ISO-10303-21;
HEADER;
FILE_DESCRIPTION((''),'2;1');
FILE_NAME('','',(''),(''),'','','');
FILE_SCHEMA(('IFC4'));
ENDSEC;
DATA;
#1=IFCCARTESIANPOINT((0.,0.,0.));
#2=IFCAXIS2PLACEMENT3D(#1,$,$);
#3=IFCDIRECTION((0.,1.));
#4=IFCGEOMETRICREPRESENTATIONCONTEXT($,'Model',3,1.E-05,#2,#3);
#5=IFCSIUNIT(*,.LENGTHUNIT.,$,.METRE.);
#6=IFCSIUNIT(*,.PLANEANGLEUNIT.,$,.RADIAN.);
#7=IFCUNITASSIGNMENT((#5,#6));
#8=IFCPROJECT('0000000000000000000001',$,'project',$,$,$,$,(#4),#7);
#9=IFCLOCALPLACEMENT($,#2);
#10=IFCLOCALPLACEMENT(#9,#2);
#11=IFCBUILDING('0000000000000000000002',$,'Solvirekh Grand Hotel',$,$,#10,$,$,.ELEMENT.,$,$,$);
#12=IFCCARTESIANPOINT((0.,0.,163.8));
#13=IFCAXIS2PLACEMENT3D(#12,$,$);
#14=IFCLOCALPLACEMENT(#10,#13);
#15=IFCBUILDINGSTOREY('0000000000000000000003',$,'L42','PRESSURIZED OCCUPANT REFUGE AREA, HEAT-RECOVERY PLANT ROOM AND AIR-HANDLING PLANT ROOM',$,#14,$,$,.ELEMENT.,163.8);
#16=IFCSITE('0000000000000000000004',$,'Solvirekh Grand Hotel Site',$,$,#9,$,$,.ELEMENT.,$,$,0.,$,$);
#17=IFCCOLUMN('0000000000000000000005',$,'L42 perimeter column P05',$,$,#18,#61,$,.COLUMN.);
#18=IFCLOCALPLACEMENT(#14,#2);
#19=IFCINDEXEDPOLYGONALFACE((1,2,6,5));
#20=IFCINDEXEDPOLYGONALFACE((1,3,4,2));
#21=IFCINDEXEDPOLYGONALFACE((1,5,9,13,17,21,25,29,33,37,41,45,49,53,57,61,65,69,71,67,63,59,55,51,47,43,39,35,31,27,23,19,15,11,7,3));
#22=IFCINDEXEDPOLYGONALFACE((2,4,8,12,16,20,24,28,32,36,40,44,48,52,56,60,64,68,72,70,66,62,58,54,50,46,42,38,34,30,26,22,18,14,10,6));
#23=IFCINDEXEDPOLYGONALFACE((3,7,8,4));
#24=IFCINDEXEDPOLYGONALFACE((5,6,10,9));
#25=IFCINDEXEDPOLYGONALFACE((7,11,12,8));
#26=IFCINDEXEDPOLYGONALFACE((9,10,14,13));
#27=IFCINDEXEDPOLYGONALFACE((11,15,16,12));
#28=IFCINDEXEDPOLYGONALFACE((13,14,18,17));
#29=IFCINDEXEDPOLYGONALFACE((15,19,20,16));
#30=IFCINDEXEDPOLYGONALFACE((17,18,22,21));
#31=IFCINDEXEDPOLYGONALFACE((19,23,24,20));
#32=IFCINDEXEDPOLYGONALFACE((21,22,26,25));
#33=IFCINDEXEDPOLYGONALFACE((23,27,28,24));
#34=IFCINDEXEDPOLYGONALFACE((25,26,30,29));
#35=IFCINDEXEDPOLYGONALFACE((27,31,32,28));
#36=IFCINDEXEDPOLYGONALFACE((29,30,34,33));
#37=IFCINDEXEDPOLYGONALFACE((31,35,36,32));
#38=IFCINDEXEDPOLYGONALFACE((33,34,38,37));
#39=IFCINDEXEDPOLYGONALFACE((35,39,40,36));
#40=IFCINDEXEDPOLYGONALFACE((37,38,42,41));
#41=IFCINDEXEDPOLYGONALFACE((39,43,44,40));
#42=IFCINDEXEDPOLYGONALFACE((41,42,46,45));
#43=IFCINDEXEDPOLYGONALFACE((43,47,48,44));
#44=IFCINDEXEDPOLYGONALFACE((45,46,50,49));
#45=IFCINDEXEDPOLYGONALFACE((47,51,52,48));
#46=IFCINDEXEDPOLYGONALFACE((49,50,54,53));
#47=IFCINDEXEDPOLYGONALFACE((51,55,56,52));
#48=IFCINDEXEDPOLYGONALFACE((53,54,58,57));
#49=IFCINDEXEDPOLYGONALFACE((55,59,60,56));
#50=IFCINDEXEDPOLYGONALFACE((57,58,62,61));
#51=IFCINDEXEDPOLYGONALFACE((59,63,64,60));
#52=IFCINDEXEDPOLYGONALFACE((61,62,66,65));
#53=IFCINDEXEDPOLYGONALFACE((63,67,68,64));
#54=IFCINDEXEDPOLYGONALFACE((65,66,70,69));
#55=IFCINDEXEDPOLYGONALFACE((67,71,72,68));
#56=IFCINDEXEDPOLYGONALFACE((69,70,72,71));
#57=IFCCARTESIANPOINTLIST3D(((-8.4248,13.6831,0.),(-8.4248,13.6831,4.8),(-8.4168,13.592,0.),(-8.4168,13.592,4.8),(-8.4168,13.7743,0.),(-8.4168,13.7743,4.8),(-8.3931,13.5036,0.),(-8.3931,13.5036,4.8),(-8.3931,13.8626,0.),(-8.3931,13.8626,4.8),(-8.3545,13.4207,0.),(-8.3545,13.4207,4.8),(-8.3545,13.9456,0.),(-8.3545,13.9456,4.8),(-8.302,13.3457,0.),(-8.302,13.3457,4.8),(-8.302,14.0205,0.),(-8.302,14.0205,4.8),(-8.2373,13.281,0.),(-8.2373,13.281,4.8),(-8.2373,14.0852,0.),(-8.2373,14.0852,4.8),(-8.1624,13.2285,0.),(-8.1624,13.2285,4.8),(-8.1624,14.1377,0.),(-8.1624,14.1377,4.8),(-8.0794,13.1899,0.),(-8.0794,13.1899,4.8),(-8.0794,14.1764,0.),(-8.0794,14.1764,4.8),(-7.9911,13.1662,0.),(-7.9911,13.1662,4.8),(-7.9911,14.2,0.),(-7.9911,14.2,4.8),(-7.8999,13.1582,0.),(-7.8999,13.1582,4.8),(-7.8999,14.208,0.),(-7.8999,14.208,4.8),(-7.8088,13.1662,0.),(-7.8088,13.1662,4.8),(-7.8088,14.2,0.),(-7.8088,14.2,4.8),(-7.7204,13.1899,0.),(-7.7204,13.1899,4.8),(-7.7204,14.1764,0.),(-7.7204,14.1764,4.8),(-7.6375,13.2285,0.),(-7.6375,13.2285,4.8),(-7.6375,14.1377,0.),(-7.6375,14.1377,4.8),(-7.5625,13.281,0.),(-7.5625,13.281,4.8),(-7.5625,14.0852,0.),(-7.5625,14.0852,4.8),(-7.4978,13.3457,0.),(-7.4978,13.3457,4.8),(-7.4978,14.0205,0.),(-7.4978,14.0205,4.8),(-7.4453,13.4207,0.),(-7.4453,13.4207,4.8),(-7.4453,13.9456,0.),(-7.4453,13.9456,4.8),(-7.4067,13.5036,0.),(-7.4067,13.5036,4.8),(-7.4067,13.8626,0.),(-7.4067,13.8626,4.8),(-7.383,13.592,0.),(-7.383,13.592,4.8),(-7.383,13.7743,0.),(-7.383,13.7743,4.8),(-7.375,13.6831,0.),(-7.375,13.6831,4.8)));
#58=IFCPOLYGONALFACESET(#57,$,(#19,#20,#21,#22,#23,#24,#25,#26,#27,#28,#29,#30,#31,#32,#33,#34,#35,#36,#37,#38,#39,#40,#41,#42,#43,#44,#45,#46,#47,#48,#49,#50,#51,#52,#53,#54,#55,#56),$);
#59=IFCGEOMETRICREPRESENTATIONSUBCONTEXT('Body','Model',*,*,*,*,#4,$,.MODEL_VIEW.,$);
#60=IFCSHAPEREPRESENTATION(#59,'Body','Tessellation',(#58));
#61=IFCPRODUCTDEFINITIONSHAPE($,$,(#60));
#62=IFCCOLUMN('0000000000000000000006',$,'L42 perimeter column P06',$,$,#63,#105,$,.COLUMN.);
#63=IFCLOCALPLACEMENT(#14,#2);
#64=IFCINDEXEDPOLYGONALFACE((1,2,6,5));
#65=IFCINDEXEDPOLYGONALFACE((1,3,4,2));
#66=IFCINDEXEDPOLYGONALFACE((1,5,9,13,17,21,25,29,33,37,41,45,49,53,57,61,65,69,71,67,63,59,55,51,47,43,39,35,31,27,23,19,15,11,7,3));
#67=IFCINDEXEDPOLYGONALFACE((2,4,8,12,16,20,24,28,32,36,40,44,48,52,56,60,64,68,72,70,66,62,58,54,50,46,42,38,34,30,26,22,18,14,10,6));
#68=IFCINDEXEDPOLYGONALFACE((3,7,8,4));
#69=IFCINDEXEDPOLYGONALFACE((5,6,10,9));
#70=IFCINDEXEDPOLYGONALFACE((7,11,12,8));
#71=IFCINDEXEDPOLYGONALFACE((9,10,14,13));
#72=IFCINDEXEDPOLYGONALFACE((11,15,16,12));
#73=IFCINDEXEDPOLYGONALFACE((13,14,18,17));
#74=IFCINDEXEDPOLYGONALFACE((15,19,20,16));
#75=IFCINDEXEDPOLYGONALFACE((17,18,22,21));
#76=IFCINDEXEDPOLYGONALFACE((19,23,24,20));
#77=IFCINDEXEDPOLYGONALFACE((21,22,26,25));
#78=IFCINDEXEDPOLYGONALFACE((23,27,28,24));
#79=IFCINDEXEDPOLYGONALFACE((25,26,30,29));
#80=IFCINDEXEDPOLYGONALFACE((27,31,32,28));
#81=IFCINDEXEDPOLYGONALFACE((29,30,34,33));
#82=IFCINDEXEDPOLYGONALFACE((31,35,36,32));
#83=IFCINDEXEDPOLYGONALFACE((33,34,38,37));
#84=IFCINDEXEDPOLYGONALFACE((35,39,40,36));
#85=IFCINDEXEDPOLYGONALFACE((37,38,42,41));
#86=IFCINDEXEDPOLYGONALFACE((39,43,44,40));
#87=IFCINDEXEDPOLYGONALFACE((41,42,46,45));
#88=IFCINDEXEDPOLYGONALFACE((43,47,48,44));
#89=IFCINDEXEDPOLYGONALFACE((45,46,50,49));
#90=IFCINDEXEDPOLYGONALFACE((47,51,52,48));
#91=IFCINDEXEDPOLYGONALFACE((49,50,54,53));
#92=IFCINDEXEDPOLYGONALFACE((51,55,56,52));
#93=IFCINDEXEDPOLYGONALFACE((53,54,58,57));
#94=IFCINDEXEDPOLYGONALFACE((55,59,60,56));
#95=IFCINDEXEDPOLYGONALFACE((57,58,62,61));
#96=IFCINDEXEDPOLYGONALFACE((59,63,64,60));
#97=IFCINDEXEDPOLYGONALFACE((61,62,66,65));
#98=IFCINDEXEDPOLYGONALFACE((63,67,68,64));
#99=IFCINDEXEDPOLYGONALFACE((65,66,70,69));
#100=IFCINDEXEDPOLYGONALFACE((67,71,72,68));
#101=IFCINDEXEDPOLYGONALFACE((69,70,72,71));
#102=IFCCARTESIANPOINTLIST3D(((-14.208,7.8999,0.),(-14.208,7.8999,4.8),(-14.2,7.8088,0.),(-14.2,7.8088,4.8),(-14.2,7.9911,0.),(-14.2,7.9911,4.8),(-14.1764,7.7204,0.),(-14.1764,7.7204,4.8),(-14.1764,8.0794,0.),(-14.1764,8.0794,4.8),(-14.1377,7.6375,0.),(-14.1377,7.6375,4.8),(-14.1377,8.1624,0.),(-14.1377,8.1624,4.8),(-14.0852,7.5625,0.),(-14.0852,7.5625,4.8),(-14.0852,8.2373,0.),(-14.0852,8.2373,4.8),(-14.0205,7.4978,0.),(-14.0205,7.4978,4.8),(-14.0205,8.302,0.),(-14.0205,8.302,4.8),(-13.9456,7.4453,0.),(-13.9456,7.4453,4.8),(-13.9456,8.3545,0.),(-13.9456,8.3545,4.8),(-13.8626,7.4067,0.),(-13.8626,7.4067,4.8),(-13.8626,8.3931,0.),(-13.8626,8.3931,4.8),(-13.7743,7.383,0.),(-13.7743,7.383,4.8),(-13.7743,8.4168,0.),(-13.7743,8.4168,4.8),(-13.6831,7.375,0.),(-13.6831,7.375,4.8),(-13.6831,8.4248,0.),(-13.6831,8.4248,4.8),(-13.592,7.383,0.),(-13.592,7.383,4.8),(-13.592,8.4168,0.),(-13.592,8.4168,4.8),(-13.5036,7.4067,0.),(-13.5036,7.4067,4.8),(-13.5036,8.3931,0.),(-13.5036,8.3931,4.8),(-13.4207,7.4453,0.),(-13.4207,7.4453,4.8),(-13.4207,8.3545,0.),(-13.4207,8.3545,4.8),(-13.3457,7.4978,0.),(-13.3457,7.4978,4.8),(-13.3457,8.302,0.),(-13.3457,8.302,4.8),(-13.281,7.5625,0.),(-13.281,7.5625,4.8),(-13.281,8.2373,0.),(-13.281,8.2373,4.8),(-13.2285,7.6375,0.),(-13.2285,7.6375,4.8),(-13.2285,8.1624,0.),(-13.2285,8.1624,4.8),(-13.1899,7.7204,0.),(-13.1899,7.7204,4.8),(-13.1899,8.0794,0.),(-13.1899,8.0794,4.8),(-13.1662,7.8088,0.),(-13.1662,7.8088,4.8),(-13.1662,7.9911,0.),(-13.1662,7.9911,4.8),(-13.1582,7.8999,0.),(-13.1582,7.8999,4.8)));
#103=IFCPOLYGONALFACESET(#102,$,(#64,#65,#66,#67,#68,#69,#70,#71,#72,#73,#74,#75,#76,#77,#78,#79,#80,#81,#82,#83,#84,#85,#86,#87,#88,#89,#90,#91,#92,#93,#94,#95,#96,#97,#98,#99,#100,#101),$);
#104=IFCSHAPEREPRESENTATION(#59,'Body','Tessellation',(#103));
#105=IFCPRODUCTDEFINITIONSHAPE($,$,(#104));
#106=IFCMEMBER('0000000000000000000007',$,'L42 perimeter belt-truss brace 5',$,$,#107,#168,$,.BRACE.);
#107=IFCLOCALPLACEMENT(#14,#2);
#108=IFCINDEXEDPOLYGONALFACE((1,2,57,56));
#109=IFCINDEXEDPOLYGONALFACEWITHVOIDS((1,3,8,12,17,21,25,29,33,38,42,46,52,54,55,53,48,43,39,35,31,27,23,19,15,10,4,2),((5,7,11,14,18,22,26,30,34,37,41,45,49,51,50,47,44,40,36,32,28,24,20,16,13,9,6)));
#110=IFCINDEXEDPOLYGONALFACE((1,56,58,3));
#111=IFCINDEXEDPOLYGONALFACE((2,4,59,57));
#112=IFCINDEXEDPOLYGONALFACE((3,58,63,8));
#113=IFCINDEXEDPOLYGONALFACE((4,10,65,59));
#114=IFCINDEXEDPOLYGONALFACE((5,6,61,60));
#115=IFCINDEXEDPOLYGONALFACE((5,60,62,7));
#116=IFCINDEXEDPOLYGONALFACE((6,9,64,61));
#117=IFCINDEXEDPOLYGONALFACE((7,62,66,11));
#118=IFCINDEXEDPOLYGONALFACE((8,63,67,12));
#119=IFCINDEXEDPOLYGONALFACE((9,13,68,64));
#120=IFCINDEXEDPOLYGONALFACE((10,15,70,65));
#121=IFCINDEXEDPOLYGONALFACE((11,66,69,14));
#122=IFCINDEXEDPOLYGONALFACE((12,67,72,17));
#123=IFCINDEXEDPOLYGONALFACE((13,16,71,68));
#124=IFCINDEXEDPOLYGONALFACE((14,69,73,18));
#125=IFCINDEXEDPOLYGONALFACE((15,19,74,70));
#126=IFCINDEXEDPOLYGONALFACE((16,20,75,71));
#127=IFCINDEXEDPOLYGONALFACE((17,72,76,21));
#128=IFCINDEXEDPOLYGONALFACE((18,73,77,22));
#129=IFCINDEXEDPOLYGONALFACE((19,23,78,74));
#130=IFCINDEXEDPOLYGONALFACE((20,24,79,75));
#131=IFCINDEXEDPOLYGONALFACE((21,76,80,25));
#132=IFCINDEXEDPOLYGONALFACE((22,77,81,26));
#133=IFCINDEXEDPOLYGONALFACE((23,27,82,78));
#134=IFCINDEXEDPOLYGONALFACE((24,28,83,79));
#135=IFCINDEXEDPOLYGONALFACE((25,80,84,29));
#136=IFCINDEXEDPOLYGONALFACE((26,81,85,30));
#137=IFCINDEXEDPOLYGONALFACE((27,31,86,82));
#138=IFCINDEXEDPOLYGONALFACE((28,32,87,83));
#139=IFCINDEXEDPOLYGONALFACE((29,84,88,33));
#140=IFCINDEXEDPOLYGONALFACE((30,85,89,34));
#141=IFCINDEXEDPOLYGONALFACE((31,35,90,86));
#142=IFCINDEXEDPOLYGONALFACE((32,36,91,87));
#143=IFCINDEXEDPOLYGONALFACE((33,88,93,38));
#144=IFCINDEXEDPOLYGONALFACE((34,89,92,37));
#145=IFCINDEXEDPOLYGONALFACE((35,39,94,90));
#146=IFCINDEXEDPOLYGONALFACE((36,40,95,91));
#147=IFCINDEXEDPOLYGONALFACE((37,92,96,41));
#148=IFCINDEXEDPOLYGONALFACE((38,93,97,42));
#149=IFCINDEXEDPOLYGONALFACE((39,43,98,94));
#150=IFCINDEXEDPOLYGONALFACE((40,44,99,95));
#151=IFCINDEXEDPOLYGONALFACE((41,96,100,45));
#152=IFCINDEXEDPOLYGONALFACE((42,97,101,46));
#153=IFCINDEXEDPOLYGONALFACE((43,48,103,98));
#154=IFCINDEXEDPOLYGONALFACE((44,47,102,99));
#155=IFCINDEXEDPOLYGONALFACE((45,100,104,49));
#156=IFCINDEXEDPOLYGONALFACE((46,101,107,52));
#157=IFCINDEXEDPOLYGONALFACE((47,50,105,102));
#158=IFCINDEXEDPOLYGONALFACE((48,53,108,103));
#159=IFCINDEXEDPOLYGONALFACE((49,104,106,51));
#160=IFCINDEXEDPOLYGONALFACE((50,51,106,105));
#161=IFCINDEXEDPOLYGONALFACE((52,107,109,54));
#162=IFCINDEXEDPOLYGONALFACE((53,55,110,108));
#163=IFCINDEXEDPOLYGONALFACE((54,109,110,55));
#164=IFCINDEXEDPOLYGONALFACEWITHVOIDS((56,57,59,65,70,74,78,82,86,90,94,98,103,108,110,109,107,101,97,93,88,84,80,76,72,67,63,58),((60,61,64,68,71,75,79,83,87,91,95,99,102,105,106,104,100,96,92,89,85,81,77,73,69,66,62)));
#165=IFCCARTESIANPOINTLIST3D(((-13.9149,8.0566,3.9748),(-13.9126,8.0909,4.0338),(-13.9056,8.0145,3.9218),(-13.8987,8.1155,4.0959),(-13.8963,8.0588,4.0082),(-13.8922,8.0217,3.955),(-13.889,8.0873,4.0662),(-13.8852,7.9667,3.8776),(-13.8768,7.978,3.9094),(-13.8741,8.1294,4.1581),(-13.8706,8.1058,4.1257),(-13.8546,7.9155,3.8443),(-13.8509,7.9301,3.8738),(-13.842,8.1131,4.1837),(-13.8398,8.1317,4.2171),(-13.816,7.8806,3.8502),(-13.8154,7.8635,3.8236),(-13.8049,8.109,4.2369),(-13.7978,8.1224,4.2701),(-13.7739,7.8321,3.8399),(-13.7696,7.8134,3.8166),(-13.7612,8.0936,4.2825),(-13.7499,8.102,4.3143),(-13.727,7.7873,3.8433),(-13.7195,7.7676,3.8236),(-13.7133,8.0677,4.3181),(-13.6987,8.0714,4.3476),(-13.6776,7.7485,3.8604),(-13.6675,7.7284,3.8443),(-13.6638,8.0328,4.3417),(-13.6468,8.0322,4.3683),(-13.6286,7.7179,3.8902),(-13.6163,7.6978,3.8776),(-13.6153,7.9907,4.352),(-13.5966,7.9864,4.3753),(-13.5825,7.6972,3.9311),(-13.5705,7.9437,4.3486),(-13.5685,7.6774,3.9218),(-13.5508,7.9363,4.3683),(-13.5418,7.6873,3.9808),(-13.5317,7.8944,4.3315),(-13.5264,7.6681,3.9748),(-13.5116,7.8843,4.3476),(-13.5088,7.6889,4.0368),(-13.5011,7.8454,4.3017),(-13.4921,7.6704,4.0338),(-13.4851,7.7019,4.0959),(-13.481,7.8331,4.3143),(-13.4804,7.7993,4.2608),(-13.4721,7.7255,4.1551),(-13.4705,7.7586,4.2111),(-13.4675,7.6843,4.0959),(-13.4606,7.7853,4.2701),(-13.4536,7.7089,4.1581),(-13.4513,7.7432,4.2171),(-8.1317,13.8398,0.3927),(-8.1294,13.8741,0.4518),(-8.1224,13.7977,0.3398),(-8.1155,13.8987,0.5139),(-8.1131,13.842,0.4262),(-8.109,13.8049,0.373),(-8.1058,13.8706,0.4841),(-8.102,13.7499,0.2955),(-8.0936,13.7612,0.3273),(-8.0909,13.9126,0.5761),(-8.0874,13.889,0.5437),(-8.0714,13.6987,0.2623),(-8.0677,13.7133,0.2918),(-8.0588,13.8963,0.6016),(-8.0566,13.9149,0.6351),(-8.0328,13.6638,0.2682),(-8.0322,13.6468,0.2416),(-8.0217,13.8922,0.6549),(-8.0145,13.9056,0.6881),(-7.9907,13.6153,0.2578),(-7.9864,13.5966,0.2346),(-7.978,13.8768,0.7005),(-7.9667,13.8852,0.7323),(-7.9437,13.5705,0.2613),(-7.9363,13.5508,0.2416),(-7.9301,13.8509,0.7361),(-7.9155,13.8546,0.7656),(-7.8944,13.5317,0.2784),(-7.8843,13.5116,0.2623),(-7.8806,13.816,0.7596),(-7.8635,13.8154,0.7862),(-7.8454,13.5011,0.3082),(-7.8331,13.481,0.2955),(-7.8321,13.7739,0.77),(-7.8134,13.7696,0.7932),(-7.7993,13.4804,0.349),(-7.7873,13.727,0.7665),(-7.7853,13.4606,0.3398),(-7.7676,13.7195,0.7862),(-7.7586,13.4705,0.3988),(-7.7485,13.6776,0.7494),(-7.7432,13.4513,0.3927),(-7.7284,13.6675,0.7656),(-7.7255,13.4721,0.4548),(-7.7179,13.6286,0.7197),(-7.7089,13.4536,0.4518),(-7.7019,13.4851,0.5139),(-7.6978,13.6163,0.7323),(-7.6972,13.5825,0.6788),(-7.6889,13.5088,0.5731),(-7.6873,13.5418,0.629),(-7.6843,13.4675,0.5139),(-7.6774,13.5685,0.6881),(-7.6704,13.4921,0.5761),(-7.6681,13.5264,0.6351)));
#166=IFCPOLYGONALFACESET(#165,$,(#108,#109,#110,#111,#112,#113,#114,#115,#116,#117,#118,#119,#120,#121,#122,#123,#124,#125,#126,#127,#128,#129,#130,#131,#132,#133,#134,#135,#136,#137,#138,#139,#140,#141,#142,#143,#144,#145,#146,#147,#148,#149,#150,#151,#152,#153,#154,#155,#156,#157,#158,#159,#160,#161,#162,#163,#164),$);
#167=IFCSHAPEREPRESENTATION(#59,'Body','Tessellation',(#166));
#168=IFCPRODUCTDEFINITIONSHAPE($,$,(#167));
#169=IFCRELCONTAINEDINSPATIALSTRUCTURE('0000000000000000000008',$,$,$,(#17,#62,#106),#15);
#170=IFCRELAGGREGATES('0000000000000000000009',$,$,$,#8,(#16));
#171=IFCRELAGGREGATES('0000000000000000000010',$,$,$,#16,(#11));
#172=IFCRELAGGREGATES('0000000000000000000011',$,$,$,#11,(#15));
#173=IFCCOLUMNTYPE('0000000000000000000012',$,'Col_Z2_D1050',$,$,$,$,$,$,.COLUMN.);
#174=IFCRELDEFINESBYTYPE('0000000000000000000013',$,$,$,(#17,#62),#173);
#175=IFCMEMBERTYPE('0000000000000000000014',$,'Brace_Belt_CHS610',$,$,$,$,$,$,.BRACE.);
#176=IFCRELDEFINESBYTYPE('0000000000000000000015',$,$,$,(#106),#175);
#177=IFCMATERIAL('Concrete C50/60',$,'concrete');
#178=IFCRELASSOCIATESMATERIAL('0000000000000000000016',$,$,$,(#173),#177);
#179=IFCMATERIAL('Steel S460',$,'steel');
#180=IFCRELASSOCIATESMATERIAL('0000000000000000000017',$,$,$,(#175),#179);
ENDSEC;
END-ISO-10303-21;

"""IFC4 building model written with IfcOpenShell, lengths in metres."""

from ifc_helpers import new_model, si_unit, direction, frame, origin, origin_2d, place, context, subcontext, project, spatial, circle, hollow_circle, extrude, material, material_profile, profile_set, type_object, element, save


model = new_model("IFC4")

# Units and contexts
model_context = context("Model", 3, precision=1e-05, world=origin(), true_north=direction((0.0, 1.0)))
body_context = subcontext(model_context, "Body", "Model", "MODEL_VIEW")
ifc_project = project(units=[si_unit("LENGTHUNIT", "METRE"), si_unit("PLANEANGLEUNIT", "RADIAN")], contexts=[model_context])

# Site, building, storey
site_placement = place(None, origin())
site = spatial("IfcSite", under=ifc_project, at=site_placement, Name="Solvirekh Grand Hotel Site", CompositionType="ELEMENT", RefElevation=0.0)
building_placement = place(site_placement, origin())
building = spatial("IfcBuilding", under=site, at=building_placement, Name="Solvirekh Grand Hotel", CompositionType="ELEMENT")
storey_placement = place(building_placement, frame((0.0, 0.0, 163.8)))
storey = spatial("IfcBuildingStorey", under=building, at=storey_placement, Name="L42", Description="PRESSURIZED OCCUPANT REFUGE AREA, HEAT-RECOVERY PLANT ROOM AND AIR-HANDLING PLANT ROOM", CompositionType="ELEMENT", Elevation=163.8)

# Columns
ifc_material_1 = material(Name="Concrete C50/60", Category="concrete")
ifc_material_profile_1 = material_profile(ifc_material_1, circle(Radius=0.5249, at=origin_2d()), Name="RC CIRC D1050")
ifc_profile_set_1 = profile_set([ifc_material_profile_1], Name="Concrete C50/60")
column_type = type_object("IfcColumnType", Name="Col_Z2_D1050", PredefinedType="COLUMN", material=ifc_profile_set_1)
for number, where, z_axis, x_axis, name in (
    (1, (-7.8999, 13.6831, 0.0), (0.0, 0.0, 1.0), (1.0, 0.0, 0.0), "L42 perimeter column P05"),
    (2, (-13.6831, 7.8999, 0.0), (0.0, 0.0, 1.0), (1.0, 0.0, 0.0), "L42 perimeter column P06"),
):
    element("IfcColumn", number, at=place(storey_placement, frame(where, z_axis=z_axis, x_axis=x_axis)), inside=storey, type_object=column_type, Name=name, PredefinedType="COLUMN", context=body_context, shape_type="SweptSolid", body=[
        extrude(circle(Radius=0.5249, at=origin_2d()), origin(), (0.0, 0.0, 1.0), 4.8),
    ])

# Member
ifc_material_2 = material(Name="Steel S460", Category="steel")
ifc_material_profile_2 = material_profile(ifc_material_2, hollow_circle(Radius=0.3049, WallThickness=0.0249, at=origin_2d()), Name="CHS 610X25")
ifc_profile_set_2 = profile_set([ifc_material_profile_2], Name="Steel S460")
member_type = type_object("IfcMemberType", Name="Brace_Belt_CHS610", PredefinedType="BRACE", material=ifc_profile_set_2)
for number, where, z_axis, x_axis, name in (
    (3, (-7.8999, 13.6831, 0.5139), (-0.647709, -0.647709, 0.401181), (0.707107, -0.707107, 0.0), "L42 perimeter belt-truss brace 5"),
):
    element("IfcMember", number, at=place(storey_placement, frame(where, z_axis=z_axis, x_axis=x_axis)), inside=storey, type_object=member_type, Name=name, PredefinedType="BRACE", context=body_context, shape_type="SweptSolid", body=[
        extrude(hollow_circle(Radius=0.3049, WallThickness=0.0249, at=origin_2d()), origin(), (0.0, 0.0, 1.0), 8.9287),
    ])

save(model, "model.ifc")
